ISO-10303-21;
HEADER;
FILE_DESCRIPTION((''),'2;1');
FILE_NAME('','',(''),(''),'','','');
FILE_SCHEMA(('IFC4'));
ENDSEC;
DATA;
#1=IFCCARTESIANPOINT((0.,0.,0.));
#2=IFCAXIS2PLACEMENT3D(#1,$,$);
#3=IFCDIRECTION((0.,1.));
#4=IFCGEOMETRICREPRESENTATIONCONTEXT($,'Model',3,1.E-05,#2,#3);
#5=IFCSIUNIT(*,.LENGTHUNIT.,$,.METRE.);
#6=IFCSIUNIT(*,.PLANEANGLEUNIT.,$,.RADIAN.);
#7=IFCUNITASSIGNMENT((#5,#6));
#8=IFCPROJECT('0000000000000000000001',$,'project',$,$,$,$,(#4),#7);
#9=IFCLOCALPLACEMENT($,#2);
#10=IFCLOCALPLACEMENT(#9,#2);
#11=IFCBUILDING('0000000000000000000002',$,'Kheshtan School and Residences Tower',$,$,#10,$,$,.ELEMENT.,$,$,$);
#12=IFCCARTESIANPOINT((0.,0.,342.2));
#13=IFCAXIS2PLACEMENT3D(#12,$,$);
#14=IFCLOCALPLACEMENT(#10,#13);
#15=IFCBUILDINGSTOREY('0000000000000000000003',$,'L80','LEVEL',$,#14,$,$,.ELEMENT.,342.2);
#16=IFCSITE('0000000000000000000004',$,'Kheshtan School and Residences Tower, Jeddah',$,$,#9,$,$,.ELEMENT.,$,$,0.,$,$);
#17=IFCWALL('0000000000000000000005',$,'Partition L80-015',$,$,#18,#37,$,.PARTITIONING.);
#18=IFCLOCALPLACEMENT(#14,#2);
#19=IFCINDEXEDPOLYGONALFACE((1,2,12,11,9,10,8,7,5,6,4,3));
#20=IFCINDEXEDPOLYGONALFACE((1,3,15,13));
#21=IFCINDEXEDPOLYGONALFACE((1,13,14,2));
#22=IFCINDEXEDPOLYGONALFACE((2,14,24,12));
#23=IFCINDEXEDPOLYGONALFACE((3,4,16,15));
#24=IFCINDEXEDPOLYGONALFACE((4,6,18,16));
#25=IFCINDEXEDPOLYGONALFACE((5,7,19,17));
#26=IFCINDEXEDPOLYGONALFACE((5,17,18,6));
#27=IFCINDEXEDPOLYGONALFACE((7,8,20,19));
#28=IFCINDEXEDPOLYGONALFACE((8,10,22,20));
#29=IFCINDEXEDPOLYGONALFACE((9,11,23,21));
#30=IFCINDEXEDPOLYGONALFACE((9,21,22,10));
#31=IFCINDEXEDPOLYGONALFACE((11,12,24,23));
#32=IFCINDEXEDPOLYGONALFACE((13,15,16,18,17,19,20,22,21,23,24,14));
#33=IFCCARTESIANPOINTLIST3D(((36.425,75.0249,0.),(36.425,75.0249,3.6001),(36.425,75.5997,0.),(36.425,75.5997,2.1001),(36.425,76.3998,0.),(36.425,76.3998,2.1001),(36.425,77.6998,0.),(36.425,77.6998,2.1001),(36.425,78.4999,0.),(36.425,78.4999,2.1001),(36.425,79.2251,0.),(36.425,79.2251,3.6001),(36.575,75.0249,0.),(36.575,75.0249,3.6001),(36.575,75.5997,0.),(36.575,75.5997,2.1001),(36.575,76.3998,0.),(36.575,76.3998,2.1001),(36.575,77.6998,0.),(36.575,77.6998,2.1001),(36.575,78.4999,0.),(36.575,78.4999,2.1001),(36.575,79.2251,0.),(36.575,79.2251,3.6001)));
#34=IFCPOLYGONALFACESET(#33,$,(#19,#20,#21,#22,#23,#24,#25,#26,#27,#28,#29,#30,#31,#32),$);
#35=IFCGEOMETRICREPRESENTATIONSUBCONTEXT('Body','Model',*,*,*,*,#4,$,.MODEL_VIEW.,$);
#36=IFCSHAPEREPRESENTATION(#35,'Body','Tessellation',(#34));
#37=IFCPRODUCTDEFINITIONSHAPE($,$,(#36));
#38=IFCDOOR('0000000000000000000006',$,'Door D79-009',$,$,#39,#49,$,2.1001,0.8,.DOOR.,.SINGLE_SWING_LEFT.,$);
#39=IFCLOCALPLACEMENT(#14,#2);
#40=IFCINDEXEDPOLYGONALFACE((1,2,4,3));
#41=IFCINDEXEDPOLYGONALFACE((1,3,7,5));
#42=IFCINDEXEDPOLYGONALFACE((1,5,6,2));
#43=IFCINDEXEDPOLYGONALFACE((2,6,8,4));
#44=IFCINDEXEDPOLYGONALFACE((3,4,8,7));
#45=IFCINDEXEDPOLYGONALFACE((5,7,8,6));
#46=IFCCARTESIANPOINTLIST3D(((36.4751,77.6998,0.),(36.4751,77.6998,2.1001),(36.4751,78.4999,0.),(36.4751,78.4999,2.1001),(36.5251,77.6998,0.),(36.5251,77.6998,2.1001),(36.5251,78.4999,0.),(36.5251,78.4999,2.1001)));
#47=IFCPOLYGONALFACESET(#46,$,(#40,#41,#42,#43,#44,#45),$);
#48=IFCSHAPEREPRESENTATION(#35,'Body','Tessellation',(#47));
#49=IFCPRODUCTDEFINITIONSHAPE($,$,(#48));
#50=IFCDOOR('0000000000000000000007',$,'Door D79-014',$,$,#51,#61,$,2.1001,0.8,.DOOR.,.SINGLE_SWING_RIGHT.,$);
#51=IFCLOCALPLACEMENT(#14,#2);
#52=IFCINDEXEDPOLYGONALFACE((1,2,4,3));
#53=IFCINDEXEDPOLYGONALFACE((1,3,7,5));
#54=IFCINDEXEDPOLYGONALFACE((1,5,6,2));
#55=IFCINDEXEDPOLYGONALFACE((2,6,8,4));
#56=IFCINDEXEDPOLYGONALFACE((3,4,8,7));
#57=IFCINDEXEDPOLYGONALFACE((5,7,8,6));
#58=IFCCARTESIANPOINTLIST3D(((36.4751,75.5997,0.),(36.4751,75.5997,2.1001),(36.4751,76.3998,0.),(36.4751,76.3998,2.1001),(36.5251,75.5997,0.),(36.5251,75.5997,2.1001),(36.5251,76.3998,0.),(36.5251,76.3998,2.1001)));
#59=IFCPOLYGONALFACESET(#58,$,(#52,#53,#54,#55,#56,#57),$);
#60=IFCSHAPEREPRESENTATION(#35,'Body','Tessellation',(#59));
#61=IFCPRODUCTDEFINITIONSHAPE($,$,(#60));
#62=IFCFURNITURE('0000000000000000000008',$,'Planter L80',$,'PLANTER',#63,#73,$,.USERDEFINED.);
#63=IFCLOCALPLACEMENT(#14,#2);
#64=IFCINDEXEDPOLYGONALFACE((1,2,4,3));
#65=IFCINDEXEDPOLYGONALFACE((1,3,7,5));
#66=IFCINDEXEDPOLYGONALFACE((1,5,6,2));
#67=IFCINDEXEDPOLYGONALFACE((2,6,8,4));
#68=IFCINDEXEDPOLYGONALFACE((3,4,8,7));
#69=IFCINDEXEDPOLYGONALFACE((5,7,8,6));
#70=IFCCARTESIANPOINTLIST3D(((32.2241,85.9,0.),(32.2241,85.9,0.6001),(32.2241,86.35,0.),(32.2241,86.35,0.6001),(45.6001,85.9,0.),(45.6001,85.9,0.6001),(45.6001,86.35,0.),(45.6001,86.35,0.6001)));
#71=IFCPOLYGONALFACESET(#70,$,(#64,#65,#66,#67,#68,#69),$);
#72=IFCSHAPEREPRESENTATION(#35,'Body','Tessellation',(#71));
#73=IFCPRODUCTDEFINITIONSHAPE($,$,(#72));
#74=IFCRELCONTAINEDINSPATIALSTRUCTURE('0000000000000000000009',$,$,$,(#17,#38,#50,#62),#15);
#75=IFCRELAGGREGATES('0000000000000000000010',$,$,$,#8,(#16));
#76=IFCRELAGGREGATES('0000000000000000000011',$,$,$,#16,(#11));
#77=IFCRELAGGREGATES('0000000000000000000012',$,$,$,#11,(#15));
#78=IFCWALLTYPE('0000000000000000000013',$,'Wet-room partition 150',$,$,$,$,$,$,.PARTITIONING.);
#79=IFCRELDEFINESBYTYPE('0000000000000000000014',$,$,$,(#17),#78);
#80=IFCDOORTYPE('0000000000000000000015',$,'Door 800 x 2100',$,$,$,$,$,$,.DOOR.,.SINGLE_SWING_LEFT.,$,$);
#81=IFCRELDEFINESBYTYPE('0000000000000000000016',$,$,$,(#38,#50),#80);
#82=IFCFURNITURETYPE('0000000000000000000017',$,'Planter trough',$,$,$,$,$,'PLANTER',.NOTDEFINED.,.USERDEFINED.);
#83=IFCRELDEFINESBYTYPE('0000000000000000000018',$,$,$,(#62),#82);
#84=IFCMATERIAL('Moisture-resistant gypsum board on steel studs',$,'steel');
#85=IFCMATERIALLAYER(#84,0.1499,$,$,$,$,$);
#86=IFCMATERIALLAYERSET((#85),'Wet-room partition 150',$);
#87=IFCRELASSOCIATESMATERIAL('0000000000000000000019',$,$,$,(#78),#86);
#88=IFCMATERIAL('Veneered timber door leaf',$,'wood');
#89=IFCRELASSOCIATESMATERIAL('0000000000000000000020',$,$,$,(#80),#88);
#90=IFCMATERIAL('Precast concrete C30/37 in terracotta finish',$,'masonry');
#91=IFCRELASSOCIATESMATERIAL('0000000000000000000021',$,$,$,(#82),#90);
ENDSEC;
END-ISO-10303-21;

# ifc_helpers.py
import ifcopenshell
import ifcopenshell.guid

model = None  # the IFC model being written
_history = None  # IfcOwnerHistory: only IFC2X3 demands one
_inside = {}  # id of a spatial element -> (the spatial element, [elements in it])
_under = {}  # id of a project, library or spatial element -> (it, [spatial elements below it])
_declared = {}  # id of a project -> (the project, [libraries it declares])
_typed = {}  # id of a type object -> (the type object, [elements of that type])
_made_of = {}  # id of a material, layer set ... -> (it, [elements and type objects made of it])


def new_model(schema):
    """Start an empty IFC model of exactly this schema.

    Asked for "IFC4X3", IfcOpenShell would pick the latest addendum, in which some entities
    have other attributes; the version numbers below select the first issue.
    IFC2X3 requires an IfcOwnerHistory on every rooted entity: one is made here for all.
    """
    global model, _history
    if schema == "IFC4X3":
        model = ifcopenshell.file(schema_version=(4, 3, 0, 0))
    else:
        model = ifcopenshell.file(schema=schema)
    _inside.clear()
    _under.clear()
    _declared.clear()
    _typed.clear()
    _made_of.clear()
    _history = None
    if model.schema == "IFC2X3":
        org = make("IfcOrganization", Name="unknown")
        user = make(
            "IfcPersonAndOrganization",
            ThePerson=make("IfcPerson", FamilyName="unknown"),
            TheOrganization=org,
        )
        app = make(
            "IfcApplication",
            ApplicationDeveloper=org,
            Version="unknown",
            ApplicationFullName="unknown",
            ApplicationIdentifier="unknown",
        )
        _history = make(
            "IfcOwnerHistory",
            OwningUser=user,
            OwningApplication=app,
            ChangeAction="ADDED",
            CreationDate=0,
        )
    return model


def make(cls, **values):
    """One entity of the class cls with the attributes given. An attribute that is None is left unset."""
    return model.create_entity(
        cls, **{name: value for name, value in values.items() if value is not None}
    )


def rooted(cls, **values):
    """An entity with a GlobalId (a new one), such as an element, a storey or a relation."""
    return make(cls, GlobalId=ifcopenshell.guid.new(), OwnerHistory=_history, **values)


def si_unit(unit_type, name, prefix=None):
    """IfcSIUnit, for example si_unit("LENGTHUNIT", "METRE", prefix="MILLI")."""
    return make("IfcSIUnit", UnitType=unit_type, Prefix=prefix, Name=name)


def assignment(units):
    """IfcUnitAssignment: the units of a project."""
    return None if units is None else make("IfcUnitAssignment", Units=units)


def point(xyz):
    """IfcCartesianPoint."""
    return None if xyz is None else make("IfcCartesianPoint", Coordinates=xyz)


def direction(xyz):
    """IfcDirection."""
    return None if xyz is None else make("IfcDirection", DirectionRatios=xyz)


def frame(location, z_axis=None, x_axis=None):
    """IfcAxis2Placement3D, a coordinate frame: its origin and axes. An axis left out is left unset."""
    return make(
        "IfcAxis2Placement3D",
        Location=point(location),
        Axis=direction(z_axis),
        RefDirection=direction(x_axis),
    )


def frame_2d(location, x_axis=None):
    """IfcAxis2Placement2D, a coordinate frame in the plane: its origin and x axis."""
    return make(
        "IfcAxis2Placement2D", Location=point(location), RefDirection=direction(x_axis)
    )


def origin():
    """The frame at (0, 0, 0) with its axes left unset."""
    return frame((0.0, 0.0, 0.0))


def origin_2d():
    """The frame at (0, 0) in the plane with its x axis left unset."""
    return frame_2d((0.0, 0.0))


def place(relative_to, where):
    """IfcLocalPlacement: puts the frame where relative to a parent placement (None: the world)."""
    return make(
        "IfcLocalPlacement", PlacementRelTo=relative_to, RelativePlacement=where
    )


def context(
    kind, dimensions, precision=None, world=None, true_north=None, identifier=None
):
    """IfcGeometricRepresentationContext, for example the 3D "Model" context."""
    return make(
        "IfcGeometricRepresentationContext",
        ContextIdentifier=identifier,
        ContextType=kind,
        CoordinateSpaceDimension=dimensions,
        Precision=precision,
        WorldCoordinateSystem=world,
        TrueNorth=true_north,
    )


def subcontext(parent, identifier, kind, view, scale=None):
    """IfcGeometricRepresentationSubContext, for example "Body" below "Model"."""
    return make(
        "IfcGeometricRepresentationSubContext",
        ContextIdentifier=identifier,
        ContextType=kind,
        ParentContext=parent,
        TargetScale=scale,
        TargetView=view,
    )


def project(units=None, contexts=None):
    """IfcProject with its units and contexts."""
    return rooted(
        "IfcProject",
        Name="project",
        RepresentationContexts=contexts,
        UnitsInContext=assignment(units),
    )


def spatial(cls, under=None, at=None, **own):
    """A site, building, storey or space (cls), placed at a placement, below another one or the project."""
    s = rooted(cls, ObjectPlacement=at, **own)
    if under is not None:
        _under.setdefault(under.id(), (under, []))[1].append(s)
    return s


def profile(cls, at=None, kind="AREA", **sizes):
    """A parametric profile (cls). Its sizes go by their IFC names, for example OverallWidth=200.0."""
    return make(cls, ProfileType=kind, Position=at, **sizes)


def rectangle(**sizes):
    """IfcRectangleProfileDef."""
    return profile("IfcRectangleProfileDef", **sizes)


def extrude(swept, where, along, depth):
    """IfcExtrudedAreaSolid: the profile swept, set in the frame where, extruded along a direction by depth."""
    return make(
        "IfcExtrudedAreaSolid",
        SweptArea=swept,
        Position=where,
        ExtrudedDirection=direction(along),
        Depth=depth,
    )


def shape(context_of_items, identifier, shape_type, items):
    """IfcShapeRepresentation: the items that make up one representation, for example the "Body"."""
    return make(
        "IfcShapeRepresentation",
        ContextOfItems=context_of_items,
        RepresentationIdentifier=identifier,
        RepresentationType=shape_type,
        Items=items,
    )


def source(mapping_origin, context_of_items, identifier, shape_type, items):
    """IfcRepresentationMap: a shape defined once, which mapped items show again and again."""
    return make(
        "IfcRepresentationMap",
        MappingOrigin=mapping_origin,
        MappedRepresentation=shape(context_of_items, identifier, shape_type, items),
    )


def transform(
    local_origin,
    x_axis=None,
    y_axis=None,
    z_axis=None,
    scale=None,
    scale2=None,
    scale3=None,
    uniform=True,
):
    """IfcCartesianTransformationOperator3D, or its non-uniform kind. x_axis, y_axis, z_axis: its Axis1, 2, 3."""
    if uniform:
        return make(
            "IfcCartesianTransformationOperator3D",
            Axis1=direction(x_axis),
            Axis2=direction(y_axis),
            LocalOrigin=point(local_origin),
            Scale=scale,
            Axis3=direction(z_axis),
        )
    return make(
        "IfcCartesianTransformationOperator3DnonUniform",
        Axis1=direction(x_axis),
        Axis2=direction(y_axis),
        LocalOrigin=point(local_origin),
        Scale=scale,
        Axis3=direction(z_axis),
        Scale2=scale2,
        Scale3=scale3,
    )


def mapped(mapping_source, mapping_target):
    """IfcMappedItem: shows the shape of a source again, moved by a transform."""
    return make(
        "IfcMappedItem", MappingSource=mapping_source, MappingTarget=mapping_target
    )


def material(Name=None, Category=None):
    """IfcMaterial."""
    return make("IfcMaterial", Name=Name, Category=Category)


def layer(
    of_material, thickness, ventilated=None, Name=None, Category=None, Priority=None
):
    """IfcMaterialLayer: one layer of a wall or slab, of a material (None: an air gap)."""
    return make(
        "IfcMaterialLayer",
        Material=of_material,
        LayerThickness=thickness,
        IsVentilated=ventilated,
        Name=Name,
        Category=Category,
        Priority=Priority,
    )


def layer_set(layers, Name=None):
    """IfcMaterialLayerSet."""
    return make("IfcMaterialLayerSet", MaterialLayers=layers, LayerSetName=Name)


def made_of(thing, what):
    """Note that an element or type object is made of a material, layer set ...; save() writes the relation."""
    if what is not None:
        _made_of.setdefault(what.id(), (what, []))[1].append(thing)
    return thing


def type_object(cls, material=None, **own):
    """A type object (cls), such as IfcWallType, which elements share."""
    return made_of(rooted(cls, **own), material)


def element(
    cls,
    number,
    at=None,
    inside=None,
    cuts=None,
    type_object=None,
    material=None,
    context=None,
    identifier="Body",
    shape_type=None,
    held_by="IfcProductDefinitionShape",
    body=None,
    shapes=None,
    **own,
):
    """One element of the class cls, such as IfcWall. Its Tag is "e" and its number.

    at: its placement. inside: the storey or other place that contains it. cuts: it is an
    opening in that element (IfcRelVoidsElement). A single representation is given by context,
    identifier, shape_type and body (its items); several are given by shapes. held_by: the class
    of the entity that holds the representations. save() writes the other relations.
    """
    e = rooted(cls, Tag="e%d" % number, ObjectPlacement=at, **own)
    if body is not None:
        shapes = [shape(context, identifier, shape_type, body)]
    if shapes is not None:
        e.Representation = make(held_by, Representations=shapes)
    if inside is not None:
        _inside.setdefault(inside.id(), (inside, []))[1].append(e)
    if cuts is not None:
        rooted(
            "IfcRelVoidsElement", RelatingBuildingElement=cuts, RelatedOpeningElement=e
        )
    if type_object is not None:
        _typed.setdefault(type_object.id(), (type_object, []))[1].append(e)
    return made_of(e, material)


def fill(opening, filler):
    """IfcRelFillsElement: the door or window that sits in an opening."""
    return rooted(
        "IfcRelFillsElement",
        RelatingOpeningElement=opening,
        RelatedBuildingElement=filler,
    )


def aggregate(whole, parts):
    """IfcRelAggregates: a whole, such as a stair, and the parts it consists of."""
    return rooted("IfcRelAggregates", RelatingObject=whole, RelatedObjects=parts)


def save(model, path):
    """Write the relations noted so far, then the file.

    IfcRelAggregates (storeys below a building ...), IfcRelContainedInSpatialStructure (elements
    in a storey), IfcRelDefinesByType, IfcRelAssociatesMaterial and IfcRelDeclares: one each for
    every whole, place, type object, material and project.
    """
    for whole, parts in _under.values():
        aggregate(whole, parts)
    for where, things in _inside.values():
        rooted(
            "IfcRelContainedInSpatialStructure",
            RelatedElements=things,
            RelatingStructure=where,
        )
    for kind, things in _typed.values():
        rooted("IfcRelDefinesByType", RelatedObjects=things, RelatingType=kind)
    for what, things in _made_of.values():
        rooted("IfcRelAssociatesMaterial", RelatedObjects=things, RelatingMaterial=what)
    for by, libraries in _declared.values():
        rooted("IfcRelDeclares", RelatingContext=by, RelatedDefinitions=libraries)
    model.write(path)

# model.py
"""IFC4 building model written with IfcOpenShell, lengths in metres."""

from ifc_helpers import new_model, si_unit, direction, frame, frame_2d, origin, origin_2d, place, context, subcontext, project, spatial, rectangle, extrude, source, transform, mapped, material, layer, layer_set, type_object, element, fill, save


model = new_model("IFC4")

# Units and contexts
model_context = context("Model", 3, precision=1e-05, world=origin(), true_north=direction((0.0, 1.0)))
body_context = subcontext(model_context, "Body", "Model", "MODEL_VIEW")
ifc_project = project(units=[si_unit("LENGTHUNIT", "METRE"), si_unit("PLANEANGLEUNIT", "RADIAN")], contexts=[model_context])

# Site, building, storey
site_placement = place(None, origin())
site = spatial("IfcSite", under=ifc_project, at=site_placement, Name="Kheshtan School and Residences Tower, Jeddah", CompositionType="ELEMENT", RefElevation=0.0)
building_placement = place(site_placement, origin())
building = spatial("IfcBuilding", under=site, at=building_placement, Name="Kheshtan School and Residences Tower", CompositionType="ELEMENT")
storey_placement = place(building_placement, frame((0.0, 0.0, 342.2)))
storey = spatial("IfcBuildingStorey", under=building, at=storey_placement, Name="L80", Description="LEVEL", CompositionType="ELEMENT", Elevation=342.2)

# Shared definitions
ifc_material_1 = material(Name="Veneered timber door leaf", Category="wood")

# Wall, openings, doors
ifc_material_2 = material(Name="Moisture-resistant gypsum board on steel studs", Category="steel")
ifc_layer_1 = layer(ifc_material_2, 0.1499)
ifc_layer_set_1 = layer_set([ifc_layer_1], Name="Wet-room partition 150")
wall_type_1 = type_object("IfcWallType", Name="Wet-room partition 150", PredefinedType="PARTITIONING", material=ifc_layer_set_1)
wall_1_placement = place(storey_placement, frame((36.5, 75.0249, 0.0), z_axis=(0.0, 0.0, 1.0), x_axis=(0.0, 1.0, 0.0)))
wall_1 = element("IfcWall", 1, at=wall_1_placement, inside=storey, type_object=wall_type_1, Name="Partition L80-015", PredefinedType="PARTITIONING", context=body_context, shape_type="SweptSolid", body=[
    extrude(rectangle(XDim=4.2002, YDim=0.1499, at=frame_2d((2.1001, 0.0))), origin(), (0.0, 0.0, 1.0), 3.6001),
])
opening_1_placement = place(wall_1_placement, frame((2.675, 0.0, 0.0)))
opening_1 = element("IfcOpeningElement", 2, at=opening_1_placement, cuts=wall_1, PredefinedType="OPENING", context=body_context, shape_type="SweptSolid", body=[
    extrude(rectangle(XDim=0.8, YDim=2.1001, at=frame_2d((0.3999, 1.05))), frame((0.0, 0.085, 0.0), z_axis=(0.0, -1.0, 0.0), x_axis=(1.0, 0.0, 0.0)), (0.0, 0.0, 1.0), 0.1699),
])
opening_2_placement = place(wall_1_placement, frame((0.575, 0.0, 0.0)))
opening_2 = element("IfcOpeningElement", 3, at=opening_2_placement, cuts=wall_1, PredefinedType="OPENING", context=body_context, shape_type="SweptSolid", body=[
    extrude(rectangle(XDim=0.8, YDim=2.1001, at=frame_2d((0.3999, 1.05))), frame((0.0, 0.085, 0.0), z_axis=(0.0, -1.0, 0.0), x_axis=(1.0, 0.0, 0.0)), (0.0, 0.0, 1.0), 0.1699),
])
door_type_1 = type_object("IfcDoorType", Name="Door 800 x 2100", OperationType="SINGLE_SWING_LEFT", PredefinedType="DOOR", material=ifc_material_1)
shared_shape_1 = source(origin(), body_context, "Body", "SweptSolid", [
    extrude(rectangle(XDim=0.8, YDim=2.1001, at=frame_2d((0.3999, 1.05))), frame((0.0, 0.0249, 0.0), z_axis=(0.0, -1.0, 0.0), x_axis=(1.0, 0.0, 0.0)), (0.0, 0.0, 1.0), 0.05),
])
door_1_placement = place(opening_1_placement, origin())
door_1 = element("IfcDoor", 4, at=door_1_placement, inside=storey, type_object=door_type_1, Name="Door D79-009", OperationType="SINGLE_SWING_LEFT", OverallHeight=2.1001, OverallWidth=0.8, PredefinedType="DOOR", context=body_context, shape_type="MappedRepresentation", body=[
    mapped(shared_shape_1, transform((0.0, 0.0, 0.0), x_axis=(1.0, 0.0, 0.0), y_axis=(0.0, 1.0, 0.0), z_axis=(0.0, 0.0, 1.0), scale=1.0)),
])
fill(opening_1, door_1)
door_2_placement = place(opening_2_placement, origin())
door_2 = element("IfcDoor", 5, at=door_2_placement, inside=storey, type_object=door_type_1, Name="Door D79-014", OperationType="SINGLE_SWING_RIGHT", OverallHeight=2.1001, OverallWidth=0.8, PredefinedType="DOOR", context=body_context, shape_type="MappedRepresentation", body=[
    mapped(shared_shape_1, transform((0.0, 0.0, 0.0), x_axis=(1.0, 0.0, 0.0), y_axis=(0.0, 1.0, 0.0), z_axis=(0.0, 0.0, 1.0), scale=1.0)),
])
fill(opening_2, door_2)

# Furniture
ifc_material_3 = material(Name="Precast concrete C30/37 in terracotta finish", Category="masonry")
furniture_type = type_object("IfcFurnitureType", Name="Planter trough", ElementType="PLANTER", AssemblyPlace="NOTDEFINED", PredefinedType="USERDEFINED", material=ifc_material_3)
furniture_placement = place(storey_placement, frame((38.9121, 86.125, 0.0), z_axis=(0.0, 0.0, 1.0), x_axis=(1.0, 0.0, 0.0)))
element("IfcFurniture", 6, at=furniture_placement, inside=storey, type_object=furniture_type, Name="Planter L80", ObjectType="PLANTER", PredefinedType="USERDEFINED", context=body_context, shape_type="SweptSolid", body=[
    extrude(rectangle(XDim=13.376, YDim=0.45, at=origin_2d()), origin(), (0.0, 0.0, 1.0), 0.6001),
])

save(model, "model.ifc")
